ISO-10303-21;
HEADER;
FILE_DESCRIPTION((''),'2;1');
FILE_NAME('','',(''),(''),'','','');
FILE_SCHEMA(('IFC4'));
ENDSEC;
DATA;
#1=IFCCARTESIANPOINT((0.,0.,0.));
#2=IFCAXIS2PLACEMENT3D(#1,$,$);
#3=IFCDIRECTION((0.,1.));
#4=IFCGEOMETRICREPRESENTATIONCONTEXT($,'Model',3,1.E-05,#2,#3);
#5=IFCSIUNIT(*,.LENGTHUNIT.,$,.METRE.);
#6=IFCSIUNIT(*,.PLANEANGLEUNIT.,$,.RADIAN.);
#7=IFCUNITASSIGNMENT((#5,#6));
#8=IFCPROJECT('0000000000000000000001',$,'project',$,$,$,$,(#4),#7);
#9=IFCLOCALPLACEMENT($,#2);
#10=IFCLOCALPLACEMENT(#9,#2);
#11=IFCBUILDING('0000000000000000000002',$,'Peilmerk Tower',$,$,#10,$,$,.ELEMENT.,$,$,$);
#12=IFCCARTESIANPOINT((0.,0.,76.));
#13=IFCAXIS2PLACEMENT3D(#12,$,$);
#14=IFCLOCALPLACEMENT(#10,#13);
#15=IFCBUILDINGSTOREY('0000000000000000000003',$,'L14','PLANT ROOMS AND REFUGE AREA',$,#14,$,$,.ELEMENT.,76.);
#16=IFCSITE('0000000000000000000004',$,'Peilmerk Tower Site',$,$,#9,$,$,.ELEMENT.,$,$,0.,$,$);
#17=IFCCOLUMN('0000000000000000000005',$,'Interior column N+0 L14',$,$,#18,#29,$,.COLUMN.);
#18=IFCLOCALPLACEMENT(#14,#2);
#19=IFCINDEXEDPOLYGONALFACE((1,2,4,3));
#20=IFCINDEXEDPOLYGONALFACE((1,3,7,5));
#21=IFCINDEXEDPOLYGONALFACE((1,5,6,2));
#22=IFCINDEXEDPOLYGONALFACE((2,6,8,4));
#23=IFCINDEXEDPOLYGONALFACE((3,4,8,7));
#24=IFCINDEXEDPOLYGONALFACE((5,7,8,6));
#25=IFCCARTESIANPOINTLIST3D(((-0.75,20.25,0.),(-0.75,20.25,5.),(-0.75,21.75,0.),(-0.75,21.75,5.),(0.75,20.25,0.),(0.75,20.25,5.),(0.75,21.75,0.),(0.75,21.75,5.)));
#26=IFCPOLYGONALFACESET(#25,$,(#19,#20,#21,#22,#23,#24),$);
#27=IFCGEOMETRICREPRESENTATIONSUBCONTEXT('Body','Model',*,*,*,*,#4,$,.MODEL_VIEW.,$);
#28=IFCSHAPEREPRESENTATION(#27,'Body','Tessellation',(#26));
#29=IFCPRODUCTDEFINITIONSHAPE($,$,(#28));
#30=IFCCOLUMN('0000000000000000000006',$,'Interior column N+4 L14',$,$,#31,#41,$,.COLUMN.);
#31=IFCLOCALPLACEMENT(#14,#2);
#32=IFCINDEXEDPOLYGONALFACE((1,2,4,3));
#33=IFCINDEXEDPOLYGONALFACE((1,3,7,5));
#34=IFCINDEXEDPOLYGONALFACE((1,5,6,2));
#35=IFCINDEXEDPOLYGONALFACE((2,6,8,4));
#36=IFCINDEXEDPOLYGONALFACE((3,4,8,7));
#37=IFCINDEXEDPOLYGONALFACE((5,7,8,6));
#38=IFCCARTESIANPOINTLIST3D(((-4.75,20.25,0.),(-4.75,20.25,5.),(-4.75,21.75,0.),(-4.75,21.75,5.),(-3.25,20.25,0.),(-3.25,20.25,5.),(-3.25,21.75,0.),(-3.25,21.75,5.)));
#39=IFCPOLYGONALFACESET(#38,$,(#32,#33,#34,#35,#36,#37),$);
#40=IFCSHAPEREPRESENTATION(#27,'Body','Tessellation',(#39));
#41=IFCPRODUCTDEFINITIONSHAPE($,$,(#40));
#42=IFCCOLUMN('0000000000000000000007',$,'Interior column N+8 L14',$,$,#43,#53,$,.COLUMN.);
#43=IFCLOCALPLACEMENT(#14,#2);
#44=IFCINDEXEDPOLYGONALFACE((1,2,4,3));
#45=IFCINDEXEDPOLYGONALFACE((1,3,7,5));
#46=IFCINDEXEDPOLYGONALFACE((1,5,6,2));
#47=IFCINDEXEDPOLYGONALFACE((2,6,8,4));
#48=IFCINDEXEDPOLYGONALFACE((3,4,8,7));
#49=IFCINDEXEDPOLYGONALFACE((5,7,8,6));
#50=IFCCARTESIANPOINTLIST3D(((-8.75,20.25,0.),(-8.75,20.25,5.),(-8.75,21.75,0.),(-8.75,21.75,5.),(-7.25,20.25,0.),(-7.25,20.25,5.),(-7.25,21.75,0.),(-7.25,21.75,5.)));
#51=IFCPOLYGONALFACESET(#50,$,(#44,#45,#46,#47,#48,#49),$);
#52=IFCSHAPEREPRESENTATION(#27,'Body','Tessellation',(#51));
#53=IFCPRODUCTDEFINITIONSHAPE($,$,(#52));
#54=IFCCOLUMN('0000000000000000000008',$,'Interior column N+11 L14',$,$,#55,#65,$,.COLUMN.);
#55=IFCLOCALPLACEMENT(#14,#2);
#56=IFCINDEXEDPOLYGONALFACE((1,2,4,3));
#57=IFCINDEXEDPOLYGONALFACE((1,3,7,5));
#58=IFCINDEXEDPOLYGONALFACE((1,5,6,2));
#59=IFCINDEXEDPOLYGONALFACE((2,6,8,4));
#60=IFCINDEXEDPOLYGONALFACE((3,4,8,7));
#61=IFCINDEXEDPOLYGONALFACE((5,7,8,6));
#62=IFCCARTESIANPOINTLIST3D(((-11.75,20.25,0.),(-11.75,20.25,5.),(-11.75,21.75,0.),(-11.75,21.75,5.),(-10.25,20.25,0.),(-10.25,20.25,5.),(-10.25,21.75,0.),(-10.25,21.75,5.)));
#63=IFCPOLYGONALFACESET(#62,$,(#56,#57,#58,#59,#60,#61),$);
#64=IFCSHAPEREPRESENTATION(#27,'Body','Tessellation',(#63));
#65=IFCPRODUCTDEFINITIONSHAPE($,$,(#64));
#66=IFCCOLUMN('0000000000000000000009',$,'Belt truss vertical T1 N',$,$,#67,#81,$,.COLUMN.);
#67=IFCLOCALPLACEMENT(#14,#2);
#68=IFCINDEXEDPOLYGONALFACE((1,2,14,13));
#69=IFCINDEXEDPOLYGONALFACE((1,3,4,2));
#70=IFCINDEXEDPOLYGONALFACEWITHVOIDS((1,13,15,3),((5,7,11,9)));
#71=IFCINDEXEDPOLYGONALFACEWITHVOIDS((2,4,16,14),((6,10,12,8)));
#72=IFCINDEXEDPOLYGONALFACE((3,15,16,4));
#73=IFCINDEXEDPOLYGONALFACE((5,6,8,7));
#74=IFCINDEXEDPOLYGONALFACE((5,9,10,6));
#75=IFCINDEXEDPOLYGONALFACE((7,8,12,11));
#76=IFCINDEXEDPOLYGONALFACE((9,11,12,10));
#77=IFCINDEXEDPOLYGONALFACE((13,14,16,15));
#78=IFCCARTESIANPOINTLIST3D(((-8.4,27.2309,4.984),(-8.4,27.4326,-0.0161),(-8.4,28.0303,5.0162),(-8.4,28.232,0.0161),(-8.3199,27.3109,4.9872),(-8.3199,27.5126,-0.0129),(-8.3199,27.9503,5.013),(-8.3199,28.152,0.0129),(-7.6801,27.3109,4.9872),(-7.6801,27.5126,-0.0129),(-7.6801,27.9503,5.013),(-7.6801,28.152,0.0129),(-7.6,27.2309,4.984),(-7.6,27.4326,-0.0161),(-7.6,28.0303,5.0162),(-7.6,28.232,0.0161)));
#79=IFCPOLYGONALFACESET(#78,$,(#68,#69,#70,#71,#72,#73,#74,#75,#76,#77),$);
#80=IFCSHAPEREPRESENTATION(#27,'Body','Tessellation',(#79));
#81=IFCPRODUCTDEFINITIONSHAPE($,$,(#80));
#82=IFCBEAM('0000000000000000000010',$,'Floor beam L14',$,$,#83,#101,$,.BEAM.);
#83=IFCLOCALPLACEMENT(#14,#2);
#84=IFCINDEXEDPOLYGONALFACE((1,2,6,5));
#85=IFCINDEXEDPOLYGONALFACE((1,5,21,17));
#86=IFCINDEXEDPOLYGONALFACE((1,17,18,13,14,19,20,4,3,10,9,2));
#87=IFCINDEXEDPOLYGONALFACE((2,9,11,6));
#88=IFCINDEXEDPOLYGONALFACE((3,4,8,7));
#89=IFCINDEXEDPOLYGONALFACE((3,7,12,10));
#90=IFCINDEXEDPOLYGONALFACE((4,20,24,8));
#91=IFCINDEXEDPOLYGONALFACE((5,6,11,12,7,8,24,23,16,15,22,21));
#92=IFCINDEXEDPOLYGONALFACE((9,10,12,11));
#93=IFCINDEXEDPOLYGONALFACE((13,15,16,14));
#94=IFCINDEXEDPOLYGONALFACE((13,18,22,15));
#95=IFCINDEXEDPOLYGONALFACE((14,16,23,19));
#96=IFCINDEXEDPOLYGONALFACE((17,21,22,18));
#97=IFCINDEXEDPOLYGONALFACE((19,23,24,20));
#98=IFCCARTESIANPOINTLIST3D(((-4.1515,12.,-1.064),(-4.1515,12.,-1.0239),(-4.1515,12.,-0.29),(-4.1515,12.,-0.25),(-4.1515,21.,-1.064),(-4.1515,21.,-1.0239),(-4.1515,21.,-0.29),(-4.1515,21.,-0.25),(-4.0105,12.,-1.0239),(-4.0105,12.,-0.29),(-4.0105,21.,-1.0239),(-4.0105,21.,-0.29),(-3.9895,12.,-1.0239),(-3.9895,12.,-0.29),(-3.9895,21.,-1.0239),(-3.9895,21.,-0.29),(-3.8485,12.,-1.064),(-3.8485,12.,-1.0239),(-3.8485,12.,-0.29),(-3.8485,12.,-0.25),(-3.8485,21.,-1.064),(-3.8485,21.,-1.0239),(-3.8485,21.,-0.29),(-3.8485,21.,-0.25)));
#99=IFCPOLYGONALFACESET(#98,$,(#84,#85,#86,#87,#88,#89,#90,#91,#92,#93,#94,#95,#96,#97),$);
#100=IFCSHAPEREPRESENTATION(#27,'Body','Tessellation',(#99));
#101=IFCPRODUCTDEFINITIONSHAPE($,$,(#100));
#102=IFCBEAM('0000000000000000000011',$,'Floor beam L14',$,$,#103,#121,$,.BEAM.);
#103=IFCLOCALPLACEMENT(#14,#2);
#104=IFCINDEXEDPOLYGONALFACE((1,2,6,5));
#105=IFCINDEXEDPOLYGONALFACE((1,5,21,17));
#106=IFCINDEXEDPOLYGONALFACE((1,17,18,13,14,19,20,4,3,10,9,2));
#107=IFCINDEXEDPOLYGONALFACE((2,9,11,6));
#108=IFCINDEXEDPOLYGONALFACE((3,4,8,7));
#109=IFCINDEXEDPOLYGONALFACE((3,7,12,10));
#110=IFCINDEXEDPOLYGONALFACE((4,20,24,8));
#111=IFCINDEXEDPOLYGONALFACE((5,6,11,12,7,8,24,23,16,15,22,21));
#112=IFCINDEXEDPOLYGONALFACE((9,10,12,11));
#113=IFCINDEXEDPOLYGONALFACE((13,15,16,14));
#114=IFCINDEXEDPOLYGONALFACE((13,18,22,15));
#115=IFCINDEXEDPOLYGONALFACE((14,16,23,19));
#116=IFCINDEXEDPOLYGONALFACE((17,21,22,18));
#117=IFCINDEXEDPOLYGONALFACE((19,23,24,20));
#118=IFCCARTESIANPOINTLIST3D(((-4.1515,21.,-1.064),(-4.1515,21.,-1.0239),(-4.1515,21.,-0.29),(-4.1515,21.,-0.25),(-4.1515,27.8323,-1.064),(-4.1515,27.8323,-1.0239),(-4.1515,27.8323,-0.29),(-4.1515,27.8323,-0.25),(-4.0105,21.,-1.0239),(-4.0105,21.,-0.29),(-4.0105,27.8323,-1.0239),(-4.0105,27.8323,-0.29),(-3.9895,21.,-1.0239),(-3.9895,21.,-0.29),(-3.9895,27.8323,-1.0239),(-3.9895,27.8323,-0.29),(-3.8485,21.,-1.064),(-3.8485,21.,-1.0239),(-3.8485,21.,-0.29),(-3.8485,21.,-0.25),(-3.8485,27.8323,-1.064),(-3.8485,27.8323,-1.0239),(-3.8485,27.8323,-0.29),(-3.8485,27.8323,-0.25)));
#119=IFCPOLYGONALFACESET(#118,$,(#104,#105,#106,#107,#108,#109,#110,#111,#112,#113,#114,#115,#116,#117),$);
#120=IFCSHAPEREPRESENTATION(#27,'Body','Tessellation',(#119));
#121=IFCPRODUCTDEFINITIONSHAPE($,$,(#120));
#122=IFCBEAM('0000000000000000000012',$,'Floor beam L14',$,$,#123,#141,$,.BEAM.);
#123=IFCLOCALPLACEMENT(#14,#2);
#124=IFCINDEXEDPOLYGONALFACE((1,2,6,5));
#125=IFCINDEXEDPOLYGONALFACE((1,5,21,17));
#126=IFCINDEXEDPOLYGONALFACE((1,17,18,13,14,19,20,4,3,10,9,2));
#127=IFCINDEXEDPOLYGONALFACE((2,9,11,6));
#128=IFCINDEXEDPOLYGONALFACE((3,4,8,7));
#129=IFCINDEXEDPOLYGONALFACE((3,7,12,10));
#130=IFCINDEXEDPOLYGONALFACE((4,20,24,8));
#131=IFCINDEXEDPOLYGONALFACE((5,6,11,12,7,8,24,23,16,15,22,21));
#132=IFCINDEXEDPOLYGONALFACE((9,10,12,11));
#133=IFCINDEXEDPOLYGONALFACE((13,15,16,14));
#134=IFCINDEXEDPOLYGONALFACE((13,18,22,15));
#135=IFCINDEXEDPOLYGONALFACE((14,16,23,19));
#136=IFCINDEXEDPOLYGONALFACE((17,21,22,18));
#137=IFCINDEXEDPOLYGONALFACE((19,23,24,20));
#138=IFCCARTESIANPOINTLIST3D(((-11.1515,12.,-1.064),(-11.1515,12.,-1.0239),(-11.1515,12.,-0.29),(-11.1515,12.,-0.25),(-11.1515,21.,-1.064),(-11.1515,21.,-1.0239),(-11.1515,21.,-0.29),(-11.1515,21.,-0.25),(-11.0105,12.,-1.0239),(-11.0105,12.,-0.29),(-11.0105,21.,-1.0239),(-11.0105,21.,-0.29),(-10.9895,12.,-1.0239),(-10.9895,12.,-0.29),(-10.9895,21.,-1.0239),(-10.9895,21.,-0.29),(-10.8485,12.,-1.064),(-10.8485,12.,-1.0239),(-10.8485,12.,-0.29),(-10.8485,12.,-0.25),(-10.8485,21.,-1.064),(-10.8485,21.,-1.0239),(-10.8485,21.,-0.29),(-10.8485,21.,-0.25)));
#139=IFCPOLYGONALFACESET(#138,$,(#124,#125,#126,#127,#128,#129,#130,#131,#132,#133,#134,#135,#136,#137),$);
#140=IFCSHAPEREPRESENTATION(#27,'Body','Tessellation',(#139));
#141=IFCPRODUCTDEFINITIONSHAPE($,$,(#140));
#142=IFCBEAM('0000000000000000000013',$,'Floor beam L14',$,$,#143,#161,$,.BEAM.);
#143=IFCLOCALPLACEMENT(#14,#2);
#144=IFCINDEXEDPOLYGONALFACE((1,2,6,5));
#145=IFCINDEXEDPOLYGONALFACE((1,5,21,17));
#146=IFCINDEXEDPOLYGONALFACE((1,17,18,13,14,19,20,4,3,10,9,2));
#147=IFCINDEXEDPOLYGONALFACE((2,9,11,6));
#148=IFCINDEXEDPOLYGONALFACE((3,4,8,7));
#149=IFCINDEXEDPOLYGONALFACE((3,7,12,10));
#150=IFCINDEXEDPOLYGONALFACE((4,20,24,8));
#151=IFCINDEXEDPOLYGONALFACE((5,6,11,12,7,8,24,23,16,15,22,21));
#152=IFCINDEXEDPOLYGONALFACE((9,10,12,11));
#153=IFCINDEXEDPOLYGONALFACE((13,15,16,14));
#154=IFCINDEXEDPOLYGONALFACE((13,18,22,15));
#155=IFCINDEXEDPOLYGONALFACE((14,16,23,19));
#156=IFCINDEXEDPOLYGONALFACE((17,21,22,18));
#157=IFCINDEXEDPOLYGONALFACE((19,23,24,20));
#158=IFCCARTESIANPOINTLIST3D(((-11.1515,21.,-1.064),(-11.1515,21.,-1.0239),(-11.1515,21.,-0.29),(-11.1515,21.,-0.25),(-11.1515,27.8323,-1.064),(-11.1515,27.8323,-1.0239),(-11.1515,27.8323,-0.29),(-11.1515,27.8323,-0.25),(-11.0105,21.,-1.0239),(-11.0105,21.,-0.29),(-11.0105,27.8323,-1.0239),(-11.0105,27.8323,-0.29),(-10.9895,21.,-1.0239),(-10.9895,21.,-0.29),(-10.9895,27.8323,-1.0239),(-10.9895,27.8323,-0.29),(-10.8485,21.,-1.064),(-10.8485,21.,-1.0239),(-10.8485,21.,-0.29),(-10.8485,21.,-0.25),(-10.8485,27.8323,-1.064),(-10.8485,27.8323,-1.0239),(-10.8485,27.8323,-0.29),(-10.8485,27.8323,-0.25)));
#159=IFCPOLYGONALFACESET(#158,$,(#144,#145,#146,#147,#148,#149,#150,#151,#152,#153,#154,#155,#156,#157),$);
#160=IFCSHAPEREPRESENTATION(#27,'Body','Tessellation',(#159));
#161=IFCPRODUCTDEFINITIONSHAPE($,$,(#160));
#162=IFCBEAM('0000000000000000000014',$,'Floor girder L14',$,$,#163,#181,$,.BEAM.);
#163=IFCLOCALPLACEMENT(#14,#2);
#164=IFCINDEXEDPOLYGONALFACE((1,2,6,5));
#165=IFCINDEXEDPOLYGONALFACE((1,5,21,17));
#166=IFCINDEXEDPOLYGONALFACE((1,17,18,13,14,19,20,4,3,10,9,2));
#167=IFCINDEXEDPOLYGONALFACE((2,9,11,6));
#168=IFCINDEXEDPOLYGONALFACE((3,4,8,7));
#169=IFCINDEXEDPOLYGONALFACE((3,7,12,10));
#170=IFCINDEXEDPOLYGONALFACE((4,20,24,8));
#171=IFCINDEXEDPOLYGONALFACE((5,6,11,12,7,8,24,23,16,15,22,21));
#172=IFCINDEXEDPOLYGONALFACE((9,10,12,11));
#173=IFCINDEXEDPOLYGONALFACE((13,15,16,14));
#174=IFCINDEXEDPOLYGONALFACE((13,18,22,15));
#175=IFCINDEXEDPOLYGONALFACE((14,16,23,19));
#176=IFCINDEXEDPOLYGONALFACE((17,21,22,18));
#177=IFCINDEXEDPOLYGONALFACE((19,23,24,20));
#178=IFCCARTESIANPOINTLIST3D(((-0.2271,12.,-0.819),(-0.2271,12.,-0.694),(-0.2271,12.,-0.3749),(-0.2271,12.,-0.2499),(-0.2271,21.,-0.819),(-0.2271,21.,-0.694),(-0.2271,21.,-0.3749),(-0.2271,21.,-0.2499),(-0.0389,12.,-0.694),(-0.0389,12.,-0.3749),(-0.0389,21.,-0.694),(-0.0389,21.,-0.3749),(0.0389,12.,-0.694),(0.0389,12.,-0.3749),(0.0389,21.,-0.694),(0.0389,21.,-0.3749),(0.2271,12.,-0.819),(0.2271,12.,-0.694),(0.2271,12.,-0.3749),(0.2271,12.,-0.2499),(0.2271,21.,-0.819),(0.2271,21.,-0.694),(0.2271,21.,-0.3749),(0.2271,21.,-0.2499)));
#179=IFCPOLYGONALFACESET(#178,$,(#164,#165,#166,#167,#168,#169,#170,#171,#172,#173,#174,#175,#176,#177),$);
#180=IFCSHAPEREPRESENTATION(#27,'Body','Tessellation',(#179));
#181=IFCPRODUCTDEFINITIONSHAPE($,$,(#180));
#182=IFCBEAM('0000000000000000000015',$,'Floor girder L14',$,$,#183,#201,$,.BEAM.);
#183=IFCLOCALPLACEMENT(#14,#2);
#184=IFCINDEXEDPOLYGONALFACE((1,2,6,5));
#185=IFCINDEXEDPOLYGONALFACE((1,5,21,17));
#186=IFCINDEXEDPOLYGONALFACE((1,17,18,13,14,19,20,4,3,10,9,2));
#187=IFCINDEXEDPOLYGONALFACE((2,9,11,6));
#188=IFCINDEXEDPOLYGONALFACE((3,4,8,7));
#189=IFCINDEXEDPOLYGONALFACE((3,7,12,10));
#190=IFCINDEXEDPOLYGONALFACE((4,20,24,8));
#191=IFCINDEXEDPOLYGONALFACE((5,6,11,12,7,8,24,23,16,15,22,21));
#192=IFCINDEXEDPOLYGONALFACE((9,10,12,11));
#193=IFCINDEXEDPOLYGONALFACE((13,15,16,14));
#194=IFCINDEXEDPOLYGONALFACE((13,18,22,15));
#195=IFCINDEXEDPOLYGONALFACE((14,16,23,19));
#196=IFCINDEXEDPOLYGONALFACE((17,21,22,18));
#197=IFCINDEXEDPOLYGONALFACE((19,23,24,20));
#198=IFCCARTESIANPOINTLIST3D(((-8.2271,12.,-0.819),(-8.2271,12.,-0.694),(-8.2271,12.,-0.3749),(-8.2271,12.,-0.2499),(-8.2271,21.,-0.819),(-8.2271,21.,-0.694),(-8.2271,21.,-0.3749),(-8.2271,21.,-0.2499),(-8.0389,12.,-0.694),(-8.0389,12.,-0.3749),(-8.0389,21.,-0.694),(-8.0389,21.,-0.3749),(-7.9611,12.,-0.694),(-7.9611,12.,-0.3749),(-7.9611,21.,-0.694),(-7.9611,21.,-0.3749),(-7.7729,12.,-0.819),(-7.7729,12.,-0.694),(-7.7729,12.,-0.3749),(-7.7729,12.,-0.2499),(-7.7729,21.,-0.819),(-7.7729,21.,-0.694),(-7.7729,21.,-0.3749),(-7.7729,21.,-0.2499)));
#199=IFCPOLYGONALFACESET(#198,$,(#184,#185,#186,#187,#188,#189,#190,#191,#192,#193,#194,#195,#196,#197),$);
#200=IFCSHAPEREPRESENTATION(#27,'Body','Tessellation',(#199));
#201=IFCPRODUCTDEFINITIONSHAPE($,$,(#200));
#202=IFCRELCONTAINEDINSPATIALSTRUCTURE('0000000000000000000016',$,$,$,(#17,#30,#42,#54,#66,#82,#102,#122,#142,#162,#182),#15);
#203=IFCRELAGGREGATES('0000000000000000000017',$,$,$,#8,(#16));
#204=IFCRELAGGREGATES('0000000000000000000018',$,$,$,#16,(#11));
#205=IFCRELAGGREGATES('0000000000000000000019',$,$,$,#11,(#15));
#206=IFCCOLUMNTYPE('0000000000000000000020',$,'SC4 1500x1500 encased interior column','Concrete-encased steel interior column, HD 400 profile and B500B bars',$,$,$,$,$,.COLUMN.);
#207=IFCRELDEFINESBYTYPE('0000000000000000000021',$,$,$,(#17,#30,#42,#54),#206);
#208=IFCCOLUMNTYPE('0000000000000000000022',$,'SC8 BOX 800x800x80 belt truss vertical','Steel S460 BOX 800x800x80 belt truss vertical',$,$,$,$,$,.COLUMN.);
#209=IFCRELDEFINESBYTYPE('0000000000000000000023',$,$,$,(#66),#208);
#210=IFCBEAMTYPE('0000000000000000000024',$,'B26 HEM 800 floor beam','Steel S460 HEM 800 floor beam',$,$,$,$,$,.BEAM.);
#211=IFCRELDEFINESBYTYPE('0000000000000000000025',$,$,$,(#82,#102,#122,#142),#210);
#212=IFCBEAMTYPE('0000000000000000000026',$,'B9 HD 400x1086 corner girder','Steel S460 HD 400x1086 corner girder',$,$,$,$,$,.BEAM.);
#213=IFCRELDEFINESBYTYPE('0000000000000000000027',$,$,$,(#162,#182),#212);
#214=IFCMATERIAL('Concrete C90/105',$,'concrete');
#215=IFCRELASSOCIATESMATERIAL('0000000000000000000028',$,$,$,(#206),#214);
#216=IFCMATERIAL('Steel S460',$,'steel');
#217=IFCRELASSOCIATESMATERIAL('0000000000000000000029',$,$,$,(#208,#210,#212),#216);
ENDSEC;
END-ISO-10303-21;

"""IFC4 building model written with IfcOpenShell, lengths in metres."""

from ifc_helpers import new_model, si_unit, direction, frame, origin, origin_2d, place, context, subcontext, project, spatial, rectangle, hollow_rectangle, i_section, extrude, material, material_profile, profile_set, type_object, element, save


model = new_model("IFC4")

# Units and contexts
model_context = context("Model", 3, precision=1e-05, world=origin(), true_north=direction((0.0, 1.0)))
body_context = subcontext(model_context, "Body", "Model", "MODEL_VIEW")
ifc_project = project(units=[si_unit("LENGTHUNIT", "METRE"), si_unit("PLANEANGLEUNIT", "RADIAN")], contexts=[model_context])

# Site, building, storey
site_placement = place(None, origin())
site = spatial("IfcSite", under=ifc_project, at=site_placement, Name="Peilmerk Tower Site", CompositionType="ELEMENT", RefElevation=0.0)
building_placement = place(site_placement, origin())
building = spatial("IfcBuilding", under=site, at=building_placement, Name="Peilmerk Tower", CompositionType="ELEMENT")
storey_placement = place(building_placement, frame((0.0, 0.0, 76.0)))
storey = spatial("IfcBuildingStorey", under=building, at=storey_placement, Name="L14", Description="PLANT ROOMS AND REFUGE AREA", CompositionType="ELEMENT", Elevation=76.0)

# Columns
ifc_material_1 = material(Name="Concrete C90/105", Category="concrete")
ifc_material_profile_1 = material_profile(ifc_material_1, rectangle(XDim=1.5, YDim=1.5, at=origin_2d()), Name="RC 1500x1500")
ifc_profile_set_1 = profile_set([ifc_material_profile_1], Name="Concrete C90/105")
column_type_1 = type_object("IfcColumnType", Name="SC4 1500x1500 encased interior column", Description="Concrete-encased steel interior column, HD 400 profile and B500B bars", PredefinedType="COLUMN", material=ifc_profile_set_1)
for number, where, z_axis, x_axis, name in (
    (1, (0.0, 21.0, 0.0), (0.0, 0.0, 1.0), (1.0, 0.0, 0.0), "Interior column N+0 L14"),
    (2, (-4.0, 21.0, 0.0), (0.0, 0.0, 1.0), (1.0, 0.0, 0.0), "Interior column N+4 L14"),
    (3, (-8.0, 21.0, 0.0), (0.0, 0.0, 1.0), (1.0, 0.0, 0.0), "Interior column N+8 L14"),
    (4, (-11.0, 21.0, 0.0), (0.0, 0.0, 1.0), (1.0, 0.0, 0.0), "Interior column N+11 L14"),
):
    element("IfcColumn", number, at=place(storey_placement, frame(where, z_axis=z_axis, x_axis=x_axis)), inside=storey, type_object=column_type_1, Name=name, PredefinedType="COLUMN", context=body_context, shape_type="SweptSolid", body=[
        extrude(rectangle(XDim=1.5, YDim=1.5, at=origin_2d()), origin(), (0.0, 0.0, 1.0), 5.0),
    ])
ifc_material_2 = material(Name="Steel S460", Category="steel")
ifc_material_profile_2 = material_profile(ifc_material_2, hollow_rectangle(XDim=0.8, YDim=0.8, WallThickness=0.0801, at=origin_2d()), Name="BOX 800x800x80")
ifc_profile_set_2 = profile_set([ifc_material_profile_2], Name="Steel S460")
column_type_2 = type_object("IfcColumnType", Name="SC8 BOX 800x800x80 belt truss vertical", Description="Steel S460 BOX 800x800x80 belt truss vertical", PredefinedType="COLUMN", material=ifc_profile_set_2)
column_placement = place(storey_placement, frame((-8.0, 27.8323, 0.0), z_axis=(0.0, -0.040299, 0.999188), x_axis=(1.0, 0.0, 0.0)))
element("IfcColumn", 5, at=column_placement, inside=storey, type_object=column_type_2, Name="Belt truss vertical T1 N", PredefinedType="COLUMN", context=body_context, shape_type="SweptSolid", body=[
    extrude(hollow_rectangle(XDim=0.8, YDim=0.8, WallThickness=0.0801, at=origin_2d()), origin(), (0.0, 0.0, 1.0), 5.0042),
])

# Beams
ifc_material_profile_3 = material_profile(ifc_material_2, i_section(OverallWidth=0.303, OverallDepth=0.814, WebThickness=0.021, FlangeThickness=0.04, at=origin_2d()), Name="HEM 800")
ifc_profile_set_3 = profile_set([ifc_material_profile_3], Name="Steel S460")
beam_type_1 = type_object("IfcBeamType", Name="B26 HEM 800 floor beam", Description="Steel S460 HEM 800 floor beam", PredefinedType="BEAM", material=ifc_profile_set_3)
beam_1_placement = place(storey_placement, frame((-4.0, 12.0, -0.657), z_axis=(0.0, 1.0, 0.0), x_axis=(-1.0, 0.0, 0.0)))
element("IfcBeam", 6, at=beam_1_placement, inside=storey, type_object=beam_type_1, Name="Floor beam L14", PredefinedType="BEAM", context=body_context, shape_type="SweptSolid", body=[
    extrude(i_section(OverallWidth=0.303, OverallDepth=0.814, WebThickness=0.021, FlangeThickness=0.04, at=origin_2d()), origin(), (0.0, 0.0, 1.0), 9.0),
])
beam_2_placement = place(storey_placement, frame((-4.0, 21.0, -0.657), z_axis=(0.0, 1.0, 0.0), x_axis=(-1.0, 0.0, 0.0)))
element("IfcBeam", 7, at=beam_2_placement, inside=storey, type_object=beam_type_1, Name="Floor beam L14", PredefinedType="BEAM", context=body_context, shape_type="SweptSolid", body=[
    extrude(i_section(OverallWidth=0.303, OverallDepth=0.814, WebThickness=0.021, FlangeThickness=0.04, at=origin_2d()), origin(), (0.0, 0.0, 1.0), 6.8323),
])
beam_3_placement = place(storey_placement, frame((-11.0, 12.0, -0.657), z_axis=(0.0, 1.0, 0.0), x_axis=(-1.0, 0.0, 0.0)))
element("IfcBeam", 8, at=beam_3_placement, inside=storey, type_object=beam_type_1, Name="Floor beam L14", PredefinedType="BEAM", context=body_context, shape_type="SweptSolid", body=[
    extrude(i_section(OverallWidth=0.303, OverallDepth=0.814, WebThickness=0.021, FlangeThickness=0.04, at=origin_2d()), origin(), (0.0, 0.0, 1.0), 9.0),
])
beam_4_placement = place(storey_placement, frame((-11.0, 21.0, -0.657), z_axis=(0.0, 1.0, 0.0), x_axis=(-1.0, 0.0, 0.0)))
element("IfcBeam", 9, at=beam_4_placement, inside=storey, type_object=beam_type_1, Name="Floor beam L14", PredefinedType="BEAM", context=body_context, shape_type="SweptSolid", body=[
    extrude(i_section(OverallWidth=0.303, OverallDepth=0.814, WebThickness=0.021, FlangeThickness=0.04, at=origin_2d()), origin(), (0.0, 0.0, 1.0), 6.8323),
])
ifc_material_profile_4 = material_profile(ifc_material_2, i_section(OverallWidth=0.4541, OverallDepth=0.5691, WebThickness=0.0779, FlangeThickness=0.125, at=origin_2d()), Name="HD 400x1086")
ifc_profile_set_4 = profile_set([ifc_material_profile_4], Name="Steel S460")
beam_type_2 = type_object("IfcBeamType", Name="B9 HD 400x1086 corner girder", Description="Steel S460 HD 400x1086 corner girder", PredefinedType="BEAM", material=ifc_profile_set_4)
for number, where, z_axis, x_axis, name in (
    (10, (0.0, 12.0, -0.5344), (0.0, 1.0, 0.0), (-1.0, 0.0, 0.0), "Floor girder L14"),
    (11, (-8.0, 12.0, -0.5344), (0.0, 1.0, 0.0), (-1.0, 0.0, 0.0), "Floor girder L14"),
):
    element("IfcBeam", number, at=place(storey_placement, frame(where, z_axis=z_axis, x_axis=x_axis)), inside=storey, type_object=beam_type_2, Name=name, PredefinedType="BEAM", context=body_context, shape_type="SweptSolid", body=[
        extrude(i_section(OverallWidth=0.4541, OverallDepth=0.5691, WebThickness=0.0779, FlangeThickness=0.125, at=origin_2d()), origin(), (0.0, 0.0, 1.0), 9.0),
    ])

save(model, "model.ifc")
